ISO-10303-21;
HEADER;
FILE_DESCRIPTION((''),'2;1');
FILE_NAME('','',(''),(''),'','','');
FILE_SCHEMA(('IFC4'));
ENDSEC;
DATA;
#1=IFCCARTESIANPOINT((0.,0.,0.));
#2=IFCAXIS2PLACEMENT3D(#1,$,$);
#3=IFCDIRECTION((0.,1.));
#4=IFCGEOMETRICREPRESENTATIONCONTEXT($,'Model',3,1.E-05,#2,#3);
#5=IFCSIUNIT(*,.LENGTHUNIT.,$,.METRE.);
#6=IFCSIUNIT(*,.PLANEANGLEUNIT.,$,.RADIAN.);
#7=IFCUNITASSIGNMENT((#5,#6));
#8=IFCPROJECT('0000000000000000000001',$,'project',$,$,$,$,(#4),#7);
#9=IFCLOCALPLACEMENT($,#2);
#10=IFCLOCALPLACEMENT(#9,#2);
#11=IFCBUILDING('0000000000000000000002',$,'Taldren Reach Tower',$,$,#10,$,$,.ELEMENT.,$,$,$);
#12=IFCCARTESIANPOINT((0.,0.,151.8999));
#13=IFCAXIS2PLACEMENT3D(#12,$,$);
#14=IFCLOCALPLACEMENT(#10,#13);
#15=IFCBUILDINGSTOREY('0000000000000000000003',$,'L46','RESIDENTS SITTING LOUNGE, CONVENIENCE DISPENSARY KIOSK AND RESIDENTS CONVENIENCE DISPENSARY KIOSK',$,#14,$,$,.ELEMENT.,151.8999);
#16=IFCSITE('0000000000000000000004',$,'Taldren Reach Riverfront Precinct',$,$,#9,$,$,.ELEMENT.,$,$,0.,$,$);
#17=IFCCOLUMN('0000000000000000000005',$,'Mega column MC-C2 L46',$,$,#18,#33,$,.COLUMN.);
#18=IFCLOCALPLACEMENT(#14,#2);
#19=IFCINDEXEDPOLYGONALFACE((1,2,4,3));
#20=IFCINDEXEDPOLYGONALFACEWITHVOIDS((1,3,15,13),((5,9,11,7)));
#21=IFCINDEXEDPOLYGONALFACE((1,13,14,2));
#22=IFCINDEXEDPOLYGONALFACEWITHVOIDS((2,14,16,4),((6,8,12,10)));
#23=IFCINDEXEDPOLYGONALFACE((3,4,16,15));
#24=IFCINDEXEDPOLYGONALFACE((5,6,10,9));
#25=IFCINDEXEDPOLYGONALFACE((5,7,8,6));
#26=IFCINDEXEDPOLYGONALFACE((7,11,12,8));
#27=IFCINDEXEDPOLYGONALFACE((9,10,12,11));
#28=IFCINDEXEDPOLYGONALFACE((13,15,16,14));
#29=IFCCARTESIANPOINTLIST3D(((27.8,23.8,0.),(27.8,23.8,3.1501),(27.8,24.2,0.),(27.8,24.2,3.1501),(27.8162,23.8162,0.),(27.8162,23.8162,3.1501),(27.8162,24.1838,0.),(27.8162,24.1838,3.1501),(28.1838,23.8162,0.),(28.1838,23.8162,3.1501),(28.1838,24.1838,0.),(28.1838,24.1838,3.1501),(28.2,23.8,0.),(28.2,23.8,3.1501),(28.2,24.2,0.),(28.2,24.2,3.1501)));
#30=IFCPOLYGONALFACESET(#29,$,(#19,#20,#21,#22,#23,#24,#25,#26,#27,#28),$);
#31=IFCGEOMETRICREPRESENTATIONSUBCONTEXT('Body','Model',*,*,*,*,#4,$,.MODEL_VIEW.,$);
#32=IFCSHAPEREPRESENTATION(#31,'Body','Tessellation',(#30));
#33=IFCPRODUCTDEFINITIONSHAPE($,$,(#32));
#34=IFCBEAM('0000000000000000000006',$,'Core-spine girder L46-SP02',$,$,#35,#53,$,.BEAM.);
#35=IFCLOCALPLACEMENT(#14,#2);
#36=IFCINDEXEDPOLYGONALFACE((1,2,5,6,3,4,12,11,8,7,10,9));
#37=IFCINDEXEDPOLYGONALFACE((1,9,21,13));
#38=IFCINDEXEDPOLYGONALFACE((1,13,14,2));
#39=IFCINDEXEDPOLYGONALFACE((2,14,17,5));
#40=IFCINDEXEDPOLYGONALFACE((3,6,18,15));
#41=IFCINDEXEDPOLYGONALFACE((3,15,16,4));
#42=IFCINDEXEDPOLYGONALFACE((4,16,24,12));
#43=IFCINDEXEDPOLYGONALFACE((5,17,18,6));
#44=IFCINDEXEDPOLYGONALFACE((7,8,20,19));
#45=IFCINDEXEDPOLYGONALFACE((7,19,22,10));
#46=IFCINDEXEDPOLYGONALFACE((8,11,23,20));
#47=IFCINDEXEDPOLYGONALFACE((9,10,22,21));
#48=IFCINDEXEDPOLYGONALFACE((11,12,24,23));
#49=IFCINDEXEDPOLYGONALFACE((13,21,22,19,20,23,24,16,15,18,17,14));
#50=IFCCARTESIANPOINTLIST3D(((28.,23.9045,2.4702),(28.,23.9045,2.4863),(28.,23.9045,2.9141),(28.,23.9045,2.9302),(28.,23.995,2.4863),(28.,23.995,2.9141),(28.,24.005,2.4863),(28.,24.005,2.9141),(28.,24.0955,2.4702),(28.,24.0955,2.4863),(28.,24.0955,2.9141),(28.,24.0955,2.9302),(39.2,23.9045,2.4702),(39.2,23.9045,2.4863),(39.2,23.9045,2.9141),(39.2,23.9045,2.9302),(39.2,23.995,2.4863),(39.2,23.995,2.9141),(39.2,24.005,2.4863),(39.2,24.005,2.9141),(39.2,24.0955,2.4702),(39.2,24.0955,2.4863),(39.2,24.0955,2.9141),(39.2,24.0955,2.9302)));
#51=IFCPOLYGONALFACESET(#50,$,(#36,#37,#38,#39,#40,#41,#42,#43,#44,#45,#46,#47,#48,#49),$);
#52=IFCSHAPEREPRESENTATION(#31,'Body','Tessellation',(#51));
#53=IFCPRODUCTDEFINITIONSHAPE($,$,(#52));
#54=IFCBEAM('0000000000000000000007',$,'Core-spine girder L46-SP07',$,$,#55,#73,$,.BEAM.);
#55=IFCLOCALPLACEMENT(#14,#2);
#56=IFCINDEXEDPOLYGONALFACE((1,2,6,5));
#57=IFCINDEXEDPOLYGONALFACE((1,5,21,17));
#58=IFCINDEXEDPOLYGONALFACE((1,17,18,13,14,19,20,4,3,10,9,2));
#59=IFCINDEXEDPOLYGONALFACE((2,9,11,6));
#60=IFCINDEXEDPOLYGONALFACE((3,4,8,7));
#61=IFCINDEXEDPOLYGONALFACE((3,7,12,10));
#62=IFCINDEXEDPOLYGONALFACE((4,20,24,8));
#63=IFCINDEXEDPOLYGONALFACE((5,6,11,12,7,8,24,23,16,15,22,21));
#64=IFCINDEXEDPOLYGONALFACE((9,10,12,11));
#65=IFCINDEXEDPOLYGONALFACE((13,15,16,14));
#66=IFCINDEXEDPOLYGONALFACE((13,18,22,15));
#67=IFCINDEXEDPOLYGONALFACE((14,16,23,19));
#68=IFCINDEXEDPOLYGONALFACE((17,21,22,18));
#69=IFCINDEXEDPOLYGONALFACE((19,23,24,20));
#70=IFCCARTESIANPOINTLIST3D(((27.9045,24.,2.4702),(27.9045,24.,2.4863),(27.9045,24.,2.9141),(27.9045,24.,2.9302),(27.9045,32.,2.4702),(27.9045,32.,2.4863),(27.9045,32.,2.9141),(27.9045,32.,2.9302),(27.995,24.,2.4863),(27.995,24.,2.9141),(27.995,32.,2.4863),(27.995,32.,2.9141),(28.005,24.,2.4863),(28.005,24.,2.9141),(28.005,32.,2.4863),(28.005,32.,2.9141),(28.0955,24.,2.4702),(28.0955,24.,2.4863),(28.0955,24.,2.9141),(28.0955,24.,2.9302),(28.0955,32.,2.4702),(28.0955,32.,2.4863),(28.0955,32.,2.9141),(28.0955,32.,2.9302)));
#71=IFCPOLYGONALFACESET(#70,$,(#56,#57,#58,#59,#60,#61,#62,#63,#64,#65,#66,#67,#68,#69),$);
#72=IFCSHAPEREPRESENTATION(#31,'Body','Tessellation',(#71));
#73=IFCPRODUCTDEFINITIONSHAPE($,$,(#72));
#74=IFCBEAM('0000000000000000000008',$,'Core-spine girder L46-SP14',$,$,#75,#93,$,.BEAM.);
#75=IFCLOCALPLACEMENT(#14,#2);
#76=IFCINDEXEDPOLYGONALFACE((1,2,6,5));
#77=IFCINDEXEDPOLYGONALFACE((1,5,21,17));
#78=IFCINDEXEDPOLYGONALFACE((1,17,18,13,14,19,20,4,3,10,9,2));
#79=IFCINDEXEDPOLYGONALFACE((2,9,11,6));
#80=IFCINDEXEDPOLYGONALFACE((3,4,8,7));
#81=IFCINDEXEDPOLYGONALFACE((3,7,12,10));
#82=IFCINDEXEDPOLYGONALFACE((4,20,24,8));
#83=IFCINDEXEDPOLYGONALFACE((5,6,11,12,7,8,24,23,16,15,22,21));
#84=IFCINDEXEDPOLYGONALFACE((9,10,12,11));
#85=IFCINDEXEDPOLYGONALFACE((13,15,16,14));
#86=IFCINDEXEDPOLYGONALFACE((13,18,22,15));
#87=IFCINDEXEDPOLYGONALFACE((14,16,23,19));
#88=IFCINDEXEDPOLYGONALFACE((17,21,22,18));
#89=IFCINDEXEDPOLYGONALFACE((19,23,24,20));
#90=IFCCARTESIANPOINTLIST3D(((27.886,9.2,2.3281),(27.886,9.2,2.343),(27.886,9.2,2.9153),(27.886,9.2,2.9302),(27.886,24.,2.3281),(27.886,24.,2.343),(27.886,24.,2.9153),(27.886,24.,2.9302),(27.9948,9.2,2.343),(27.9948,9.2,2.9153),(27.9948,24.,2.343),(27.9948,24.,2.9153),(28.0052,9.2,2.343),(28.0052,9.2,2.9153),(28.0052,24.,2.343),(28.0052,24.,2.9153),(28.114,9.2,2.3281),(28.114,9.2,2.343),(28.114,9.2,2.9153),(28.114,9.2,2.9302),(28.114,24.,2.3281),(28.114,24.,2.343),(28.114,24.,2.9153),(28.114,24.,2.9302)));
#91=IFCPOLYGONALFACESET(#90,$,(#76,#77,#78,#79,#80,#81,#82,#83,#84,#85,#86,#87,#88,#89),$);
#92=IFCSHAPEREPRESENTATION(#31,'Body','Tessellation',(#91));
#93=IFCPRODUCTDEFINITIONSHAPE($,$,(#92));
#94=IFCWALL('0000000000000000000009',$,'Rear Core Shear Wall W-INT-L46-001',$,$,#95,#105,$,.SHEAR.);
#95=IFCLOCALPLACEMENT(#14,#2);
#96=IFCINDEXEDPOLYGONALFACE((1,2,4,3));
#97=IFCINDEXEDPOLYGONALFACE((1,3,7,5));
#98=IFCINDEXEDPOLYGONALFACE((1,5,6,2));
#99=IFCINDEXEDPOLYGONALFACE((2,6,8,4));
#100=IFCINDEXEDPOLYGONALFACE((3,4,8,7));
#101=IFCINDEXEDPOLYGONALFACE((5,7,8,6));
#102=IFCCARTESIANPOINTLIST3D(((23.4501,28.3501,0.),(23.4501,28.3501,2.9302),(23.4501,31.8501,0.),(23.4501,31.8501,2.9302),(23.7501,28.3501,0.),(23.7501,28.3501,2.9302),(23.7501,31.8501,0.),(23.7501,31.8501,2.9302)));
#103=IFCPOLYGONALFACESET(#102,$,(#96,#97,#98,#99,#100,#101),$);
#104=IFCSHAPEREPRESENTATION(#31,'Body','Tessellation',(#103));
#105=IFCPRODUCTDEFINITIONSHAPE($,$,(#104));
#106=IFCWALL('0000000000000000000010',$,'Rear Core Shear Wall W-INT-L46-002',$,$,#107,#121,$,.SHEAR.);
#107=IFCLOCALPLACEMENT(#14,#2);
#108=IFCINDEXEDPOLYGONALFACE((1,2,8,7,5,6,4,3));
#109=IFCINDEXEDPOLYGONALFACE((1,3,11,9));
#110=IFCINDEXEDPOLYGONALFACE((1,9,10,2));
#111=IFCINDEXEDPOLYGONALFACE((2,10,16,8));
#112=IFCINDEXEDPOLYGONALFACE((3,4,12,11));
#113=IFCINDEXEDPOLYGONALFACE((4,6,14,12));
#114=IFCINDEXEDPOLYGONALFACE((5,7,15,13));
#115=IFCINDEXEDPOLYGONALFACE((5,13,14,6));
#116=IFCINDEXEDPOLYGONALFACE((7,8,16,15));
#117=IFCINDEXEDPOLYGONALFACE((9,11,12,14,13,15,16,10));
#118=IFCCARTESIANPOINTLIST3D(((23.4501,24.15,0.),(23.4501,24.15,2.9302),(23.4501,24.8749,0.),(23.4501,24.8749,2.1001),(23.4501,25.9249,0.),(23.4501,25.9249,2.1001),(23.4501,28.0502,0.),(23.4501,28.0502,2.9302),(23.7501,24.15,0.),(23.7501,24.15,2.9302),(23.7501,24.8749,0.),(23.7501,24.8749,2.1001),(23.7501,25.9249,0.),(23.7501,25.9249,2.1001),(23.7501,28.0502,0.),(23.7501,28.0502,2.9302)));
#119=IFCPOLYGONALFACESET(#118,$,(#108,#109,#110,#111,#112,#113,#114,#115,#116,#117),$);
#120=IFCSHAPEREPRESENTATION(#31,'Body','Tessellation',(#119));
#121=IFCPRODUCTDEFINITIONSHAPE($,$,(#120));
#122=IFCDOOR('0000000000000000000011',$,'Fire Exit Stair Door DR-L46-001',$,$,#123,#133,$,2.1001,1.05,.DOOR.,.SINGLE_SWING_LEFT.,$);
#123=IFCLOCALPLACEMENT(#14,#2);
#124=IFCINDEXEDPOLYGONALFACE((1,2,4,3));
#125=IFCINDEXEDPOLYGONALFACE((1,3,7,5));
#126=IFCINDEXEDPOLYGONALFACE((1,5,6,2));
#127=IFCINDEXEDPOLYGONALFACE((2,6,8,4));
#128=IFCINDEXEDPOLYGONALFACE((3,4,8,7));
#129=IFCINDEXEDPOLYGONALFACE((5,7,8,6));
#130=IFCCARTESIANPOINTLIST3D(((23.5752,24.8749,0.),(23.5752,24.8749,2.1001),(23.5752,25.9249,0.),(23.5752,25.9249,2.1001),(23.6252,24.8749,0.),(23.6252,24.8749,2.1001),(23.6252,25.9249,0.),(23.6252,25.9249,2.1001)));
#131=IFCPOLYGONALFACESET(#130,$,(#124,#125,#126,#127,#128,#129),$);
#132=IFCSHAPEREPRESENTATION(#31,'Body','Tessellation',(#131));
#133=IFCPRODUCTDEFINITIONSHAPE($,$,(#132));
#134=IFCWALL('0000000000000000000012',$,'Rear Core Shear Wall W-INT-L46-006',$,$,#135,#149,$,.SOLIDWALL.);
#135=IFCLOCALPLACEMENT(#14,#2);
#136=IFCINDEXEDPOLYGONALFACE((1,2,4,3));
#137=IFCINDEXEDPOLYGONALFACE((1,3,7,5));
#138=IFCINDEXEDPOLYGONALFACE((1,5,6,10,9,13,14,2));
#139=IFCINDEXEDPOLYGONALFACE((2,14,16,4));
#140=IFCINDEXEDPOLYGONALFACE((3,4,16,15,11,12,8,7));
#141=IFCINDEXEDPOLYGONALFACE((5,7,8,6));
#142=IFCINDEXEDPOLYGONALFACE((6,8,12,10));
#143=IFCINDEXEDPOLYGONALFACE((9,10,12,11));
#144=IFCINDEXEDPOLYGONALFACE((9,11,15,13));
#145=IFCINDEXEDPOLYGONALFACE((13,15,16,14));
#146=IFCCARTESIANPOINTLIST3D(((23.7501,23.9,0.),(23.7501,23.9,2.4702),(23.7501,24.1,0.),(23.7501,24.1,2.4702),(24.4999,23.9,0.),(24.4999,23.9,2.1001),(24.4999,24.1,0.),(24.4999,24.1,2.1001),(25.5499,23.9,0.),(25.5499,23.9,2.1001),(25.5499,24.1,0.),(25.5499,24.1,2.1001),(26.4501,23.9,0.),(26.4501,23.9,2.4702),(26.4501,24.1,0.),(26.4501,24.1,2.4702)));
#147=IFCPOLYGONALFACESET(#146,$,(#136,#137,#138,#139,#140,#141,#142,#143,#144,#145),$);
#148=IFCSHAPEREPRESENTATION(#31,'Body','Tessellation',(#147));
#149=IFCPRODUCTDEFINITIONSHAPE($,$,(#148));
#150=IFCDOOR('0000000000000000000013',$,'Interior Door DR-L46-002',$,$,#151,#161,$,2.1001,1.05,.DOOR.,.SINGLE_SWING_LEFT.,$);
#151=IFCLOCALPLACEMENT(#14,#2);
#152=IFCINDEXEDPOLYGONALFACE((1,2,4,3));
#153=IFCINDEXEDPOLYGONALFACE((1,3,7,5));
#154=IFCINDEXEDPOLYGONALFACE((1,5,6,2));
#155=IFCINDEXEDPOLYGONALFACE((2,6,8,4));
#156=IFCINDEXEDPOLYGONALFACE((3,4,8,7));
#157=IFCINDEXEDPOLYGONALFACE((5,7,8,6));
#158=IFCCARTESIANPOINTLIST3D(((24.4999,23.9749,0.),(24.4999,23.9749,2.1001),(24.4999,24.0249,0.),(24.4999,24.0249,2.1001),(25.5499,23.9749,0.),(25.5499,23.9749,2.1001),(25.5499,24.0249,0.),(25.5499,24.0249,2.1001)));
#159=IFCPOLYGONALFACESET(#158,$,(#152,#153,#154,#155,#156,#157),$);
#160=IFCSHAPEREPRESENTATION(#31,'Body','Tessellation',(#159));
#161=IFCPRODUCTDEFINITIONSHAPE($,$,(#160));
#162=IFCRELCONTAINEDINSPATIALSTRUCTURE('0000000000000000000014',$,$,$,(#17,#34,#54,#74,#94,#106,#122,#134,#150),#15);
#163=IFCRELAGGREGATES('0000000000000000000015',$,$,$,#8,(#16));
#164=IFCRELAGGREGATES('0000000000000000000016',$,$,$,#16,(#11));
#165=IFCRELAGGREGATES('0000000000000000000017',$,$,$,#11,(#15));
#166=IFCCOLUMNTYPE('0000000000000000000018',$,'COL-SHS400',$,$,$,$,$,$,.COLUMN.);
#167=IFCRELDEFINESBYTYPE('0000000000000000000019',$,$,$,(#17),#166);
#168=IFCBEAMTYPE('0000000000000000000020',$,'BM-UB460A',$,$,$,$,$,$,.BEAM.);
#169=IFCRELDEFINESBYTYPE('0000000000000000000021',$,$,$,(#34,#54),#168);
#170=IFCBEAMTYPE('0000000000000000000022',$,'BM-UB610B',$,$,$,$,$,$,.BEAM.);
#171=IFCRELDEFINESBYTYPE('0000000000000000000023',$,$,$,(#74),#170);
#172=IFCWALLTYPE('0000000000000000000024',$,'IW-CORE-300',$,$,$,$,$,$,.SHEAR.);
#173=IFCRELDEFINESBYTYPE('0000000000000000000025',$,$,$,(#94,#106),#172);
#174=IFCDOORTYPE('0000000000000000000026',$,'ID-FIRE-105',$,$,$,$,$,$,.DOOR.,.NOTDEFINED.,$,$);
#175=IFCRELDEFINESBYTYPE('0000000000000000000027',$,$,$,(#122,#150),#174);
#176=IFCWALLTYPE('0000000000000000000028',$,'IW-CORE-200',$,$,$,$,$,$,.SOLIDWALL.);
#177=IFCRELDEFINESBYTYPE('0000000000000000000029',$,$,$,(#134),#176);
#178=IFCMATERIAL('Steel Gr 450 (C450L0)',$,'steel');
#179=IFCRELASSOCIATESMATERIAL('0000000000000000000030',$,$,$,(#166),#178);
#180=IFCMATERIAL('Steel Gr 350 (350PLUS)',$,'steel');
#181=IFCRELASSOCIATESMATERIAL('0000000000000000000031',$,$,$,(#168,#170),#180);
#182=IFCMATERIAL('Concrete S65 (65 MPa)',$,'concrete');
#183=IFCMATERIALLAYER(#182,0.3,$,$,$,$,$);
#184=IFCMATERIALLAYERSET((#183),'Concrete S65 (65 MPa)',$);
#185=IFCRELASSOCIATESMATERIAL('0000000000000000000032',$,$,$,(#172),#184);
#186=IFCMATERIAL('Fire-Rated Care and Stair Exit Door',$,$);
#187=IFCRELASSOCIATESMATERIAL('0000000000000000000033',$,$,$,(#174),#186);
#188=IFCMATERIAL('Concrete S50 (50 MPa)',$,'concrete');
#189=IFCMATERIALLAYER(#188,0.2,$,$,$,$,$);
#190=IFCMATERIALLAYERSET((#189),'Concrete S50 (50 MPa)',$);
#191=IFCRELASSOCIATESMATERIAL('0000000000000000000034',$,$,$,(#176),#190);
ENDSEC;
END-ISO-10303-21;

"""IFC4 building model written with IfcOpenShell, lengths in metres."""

from ifc_helpers import new_model, si_unit, direction, frame, frame_2d, origin, origin_2d, place, context, subcontext, project, spatial, rectangle, hollow_rectangle, i_section, extrude, source, transform, mapped, material, layer, layer_set, material_profile, profile_set, type_object, element, fill, save


model = new_model("IFC4")

# Units and contexts
model_context = context("Model", 3, precision=1e-05, world=origin(), true_north=direction((0.0, 1.0)))
body_context = subcontext(model_context, "Body", "Model", "MODEL_VIEW")
ifc_project = project(units=[si_unit("LENGTHUNIT", "METRE"), si_unit("PLANEANGLEUNIT", "RADIAN")], contexts=[model_context])

# Site, building, storey
site_placement = place(None, origin())
site = spatial("IfcSite", under=ifc_project, at=site_placement, Name="Taldren Reach Riverfront Precinct", CompositionType="ELEMENT", RefElevation=0.0)
building_placement = place(site_placement, origin())
building = spatial("IfcBuilding", under=site, at=building_placement, Name="Taldren Reach Tower", CompositionType="ELEMENT")
storey_placement = place(building_placement, frame((0.0, 0.0, 151.8999)))
storey = spatial("IfcBuildingStorey", under=building, at=storey_placement, Name="L46", Description="RESIDENTS SITTING LOUNGE, CONVENIENCE DISPENSARY KIOSK AND RESIDENTS CONVENIENCE DISPENSARY KIOSK", CompositionType="ELEMENT", Elevation=151.8999)

# Column
ifc_material_1 = material(Name="Steel Gr 450 (C450L0)", Category="steel")
ifc_material_profile_1 = material_profile(ifc_material_1, hollow_rectangle(XDim=0.3999, YDim=0.3999, WallThickness=0.0161, at=origin_2d()), Name="400x400x16.0SHS")
ifc_profile_set_1 = profile_set([ifc_material_profile_1], Name="Steel Gr 450 (C450L0)")
column_type = type_object("IfcColumnType", Name="COL-SHS400", PredefinedType="COLUMN", material=ifc_profile_set_1)
shared_shape_1 = source(origin(), body_context, "Body", "SweptSolid", [
    extrude(hollow_rectangle(XDim=0.3999, YDim=0.3999, WallThickness=0.0161, at=origin_2d()), origin(), (0.0, 0.0, 1.0), 3.1501),
])
column_placement = place(storey_placement, frame((28.0, 24.0, 0.0), z_axis=(0.0, 0.0, 1.0), x_axis=(1.0, 0.0, 0.0)))
element("IfcColumn", 1, at=column_placement, inside=storey, type_object=column_type, Name="Mega column MC-C2 L46", PredefinedType="COLUMN", context=body_context, shape_type="MappedRepresentation", body=[
    mapped(shared_shape_1, transform((0.0, 0.0, 0.0), scale=1.0)),
])

# Beams
ifc_material_2 = material(Name="Steel Gr 350 (350PLUS)", Category="steel")
ifc_material_profile_2 = material_profile(ifc_material_2, i_section(OverallWidth=0.1909, OverallDepth=0.46, WebThickness=0.01, FlangeThickness=0.0161, at=origin_2d()), Name="460UB82.1")
ifc_profile_set_2 = profile_set([ifc_material_profile_2], Name="Steel Gr 350 (350PLUS)")
beam_type_1 = type_object("IfcBeamType", Name="BM-UB460A", PredefinedType="BEAM", material=ifc_profile_set_2)
shared_shape_2 = source(origin(), body_context, "Body", "SweptSolid", [
    extrude(i_section(OverallWidth=0.1909, OverallDepth=0.46, WebThickness=0.01, FlangeThickness=0.0161, at=origin_2d()), origin(), (0.0, 0.0, 1.0), 11.2),
])
beam_1_placement = place(storey_placement, frame((28.0, 24.0, 2.7002), z_axis=(1.0, 0.0, 0.0), x_axis=(0.0, 1.0, 0.0)))
element("IfcBeam", 2, at=beam_1_placement, inside=storey, type_object=beam_type_1, Name="Core-spine girder L46-SP02", PredefinedType="BEAM", context=body_context, shape_type="MappedRepresentation", body=[
    mapped(shared_shape_2, transform((0.0, 0.0, 0.0), scale=1.0)),
])
shared_shape_3 = source(origin(), body_context, "Body", "SweptSolid", [
    extrude(i_section(OverallWidth=0.1909, OverallDepth=0.46, WebThickness=0.01, FlangeThickness=0.0161, at=origin_2d()), origin(), (0.0, 0.0, 1.0), 8.0),
])
beam_2_placement = place(storey_placement, frame((28.0, 24.0, 2.7002), z_axis=(0.0, 1.0, 0.0), x_axis=(-1.0, 0.0, 0.0)))
element("IfcBeam", 3, at=beam_2_placement, inside=storey, type_object=beam_type_1, Name="Core-spine girder L46-SP07", PredefinedType="BEAM", context=body_context, shape_type="MappedRepresentation", body=[
    mapped(shared_shape_3, transform((0.0, 0.0, 0.0), scale=1.0)),
])
ifc_material_profile_3 = material_profile(ifc_material_2, i_section(OverallWidth=0.228, OverallDepth=0.6021, WebThickness=0.0105, FlangeThickness=0.0149, at=origin_2d()), Name="610UB101")
ifc_profile_set_3 = profile_set([ifc_material_profile_3], Name="Steel Gr 350 (350PLUS)")
beam_type_2 = type_object("IfcBeamType", Name="BM-UB610B", PredefinedType="BEAM", material=ifc_profile_set_3)
shared_shape_4 = source(origin(), body_context, "Body", "SweptSolid", [
    extrude(i_section(OverallWidth=0.228, OverallDepth=0.6021, WebThickness=0.0105, FlangeThickness=0.0149, at=origin_2d()), origin(), (0.0, 0.0, 1.0), 14.8),
])
beam_3_placement = place(storey_placement, frame((28.0, 24.0, 2.6292), z_axis=(0.0, -1.0, 0.0), x_axis=(1.0, 0.0, 0.0)))
element("IfcBeam", 4, at=beam_3_placement, inside=storey, type_object=beam_type_2, Name="Core-spine girder L46-SP14", PredefinedType="BEAM", context=body_context, shape_type="MappedRepresentation", body=[
    mapped(shared_shape_4, transform((0.0, 0.0, 0.0), scale=1.0)),
])

# Wall
ifc_material_3 = material(Name="Concrete S65 (65 MPa)", Category="concrete")
ifc_layer_1 = layer(ifc_material_3, 0.3)
ifc_layer_set_1 = layer_set([ifc_layer_1], Name="Concrete S65 (65 MPa)")
wall_type_1 = type_object("IfcWallType", Name="IW-CORE-300", PredefinedType="SHEAR", material=ifc_layer_set_1)
shared_shape_5 = source(origin(), body_context, "Body", "SweptSolid", [
    extrude(rectangle(XDim=3.5, YDim=0.3, at=frame_2d((1.75, 0.0))), origin(), (0.0, 0.0, 1.0), 2.9302),
])
wall_1_placement = place(storey_placement, frame((23.6001, 28.3501, 0.0), z_axis=(0.0, 0.0, 1.0), x_axis=(0.0, 1.0, 0.0)))
element("IfcWall", 5, at=wall_1_placement, inside=storey, type_object=wall_type_1, Name="Rear Core Shear Wall W-INT-L46-001", PredefinedType="SHEAR", context=body_context, shape_type="MappedRepresentation", body=[
    mapped(shared_shape_5, transform((0.0, 0.0, 0.0), scale=1.0)),
])

# Walls, openings, doors
shared_shape_6 = source(origin(), body_context, "Body", "SweptSolid", [
    extrude(rectangle(XDim=3.9001, YDim=0.3, at=frame_2d((1.9502, 0.0))), origin(), (0.0, 0.0, 1.0), 2.9302),
])
wall_2_placement = place(storey_placement, frame((23.6001, 24.1499, 0.0), z_axis=(0.0, 0.0, 1.0), x_axis=(0.0, 1.0, 0.0)))
wall_2 = element("IfcWall", 6, at=wall_2_placement, inside=storey, type_object=wall_type_1, Name="Rear Core Shear Wall W-INT-L46-002", PredefinedType="SHEAR", context=body_context, shape_type="MappedRepresentation", body=[
    mapped(shared_shape_6, transform((0.0, 0.0, 0.0), scale=1.0)),
])
shared_shape_7 = source(origin(), body_context, "Body", "SweptSolid", [
    extrude(rectangle(XDim=1.05, YDim=2.1001, at=frame_2d((0.5249, 1.05))), frame((0.0, 0.1602, 0.0), z_axis=(0.0, -1.0, 0.0), x_axis=(1.0, 0.0, 0.0)), (0.0, 0.0, 1.0), 0.3201),
])
opening_1_placement = place(wall_2_placement, frame((0.7251, 0.0, 0.0)))
opening_1 = element("IfcOpeningElement", 7, at=opening_1_placement, cuts=wall_2, PredefinedType="OPENING", context=body_context, shape_type="MappedRepresentation", body=[
    mapped(shared_shape_7, transform((0.0, 0.0, 0.0), scale=1.0)),
])
ifc_material_4 = material(Name="Fire-Rated Care and Stair Exit Door")
door_type_1 = type_object("IfcDoorType", Name="ID-FIRE-105", OperationType="NOTDEFINED", PredefinedType="DOOR", material=ifc_material_4)
shared_shape_8 = source(origin(), body_context, "Body", "SweptSolid", [
    extrude(rectangle(XDim=1.05, YDim=2.1001, at=frame_2d((0.5249, 1.05))), frame((0.0, 0.0249, 0.0), z_axis=(0.0, -1.0, 0.0), x_axis=(1.0, 0.0, 0.0)), (0.0, 0.0, 1.0), 0.05),
])
door_1_placement = place(opening_1_placement, origin())
door_1 = element("IfcDoor", 8, at=door_1_placement, inside=storey, type_object=door_type_1, Name="Fire Exit Stair Door DR-L46-001", OperationType="SINGLE_SWING_LEFT", OverallHeight=2.1001, OverallWidth=1.05, PredefinedType="DOOR", context=body_context, shape_type="MappedRepresentation", body=[
    mapped(shared_shape_8, transform((0.0, 0.0, 0.0), scale=1.0)),
])
fill(opening_1, door_1)
ifc_material_5 = material(Name="Concrete S50 (50 MPa)", Category="concrete")
ifc_layer_2 = layer(ifc_material_5, 0.2)
ifc_layer_set_2 = layer_set([ifc_layer_2], Name="Concrete S50 (50 MPa)")
wall_type_2 = type_object("IfcWallType", Name="IW-CORE-200", PredefinedType="SOLIDWALL", material=ifc_layer_set_2)
shared_shape_9 = source(origin(), body_context, "Body", "SweptSolid", [
    extrude(rectangle(XDim=2.7, YDim=0.2, at=frame_2d((1.3501, 0.0))), origin(), (0.0, 0.0, 1.0), 2.4702),
])
wall_3_placement = place(storey_placement, frame((23.75, 24.0, 0.0), z_axis=(0.0, 0.0, 1.0), x_axis=(1.0, 0.0, 0.0)))
wall_3 = element("IfcWall", 9, at=wall_3_placement, inside=storey, type_object=wall_type_2, Name="Rear Core Shear Wall W-INT-L46-006", PredefinedType="SOLIDWALL", context=body_context, shape_type="MappedRepresentation", body=[
    mapped(shared_shape_9, transform((0.0, 0.0, 0.0), scale=1.0)),
])
shared_shape_10 = source(origin(), body_context, "Body", "SweptSolid", [
    extrude(rectangle(XDim=1.05, YDim=2.1001, at=frame_2d((0.5249, 1.05))), frame((0.0, 0.1099, 0.0), z_axis=(0.0, -1.0, 0.0), x_axis=(1.0, 0.0, 0.0)), (0.0, 0.0, 1.0), 0.22),
])
opening_2_placement = place(wall_3_placement, frame((0.75, 0.0, 0.0)))
opening_2 = element("IfcOpeningElement", 10, at=opening_2_placement, cuts=wall_3, PredefinedType="OPENING", context=body_context, shape_type="MappedRepresentation", body=[
    mapped(shared_shape_10, transform((0.0, 0.0, 0.0), scale=1.0)),
])
door_2_placement = place(opening_2_placement, origin())
door_2 = element("IfcDoor", 11, at=door_2_placement, inside=storey, type_object=door_type_1, Name="Interior Door DR-L46-002", OperationType="SINGLE_SWING_LEFT", OverallHeight=2.1001, OverallWidth=1.05, PredefinedType="DOOR", context=body_context, shape_type="MappedRepresentation", body=[
    mapped(shared_shape_8, transform((0.0, 0.0, 0.0), scale=1.0)),
])
fill(opening_2, door_2)

save(model, "model.ifc")
